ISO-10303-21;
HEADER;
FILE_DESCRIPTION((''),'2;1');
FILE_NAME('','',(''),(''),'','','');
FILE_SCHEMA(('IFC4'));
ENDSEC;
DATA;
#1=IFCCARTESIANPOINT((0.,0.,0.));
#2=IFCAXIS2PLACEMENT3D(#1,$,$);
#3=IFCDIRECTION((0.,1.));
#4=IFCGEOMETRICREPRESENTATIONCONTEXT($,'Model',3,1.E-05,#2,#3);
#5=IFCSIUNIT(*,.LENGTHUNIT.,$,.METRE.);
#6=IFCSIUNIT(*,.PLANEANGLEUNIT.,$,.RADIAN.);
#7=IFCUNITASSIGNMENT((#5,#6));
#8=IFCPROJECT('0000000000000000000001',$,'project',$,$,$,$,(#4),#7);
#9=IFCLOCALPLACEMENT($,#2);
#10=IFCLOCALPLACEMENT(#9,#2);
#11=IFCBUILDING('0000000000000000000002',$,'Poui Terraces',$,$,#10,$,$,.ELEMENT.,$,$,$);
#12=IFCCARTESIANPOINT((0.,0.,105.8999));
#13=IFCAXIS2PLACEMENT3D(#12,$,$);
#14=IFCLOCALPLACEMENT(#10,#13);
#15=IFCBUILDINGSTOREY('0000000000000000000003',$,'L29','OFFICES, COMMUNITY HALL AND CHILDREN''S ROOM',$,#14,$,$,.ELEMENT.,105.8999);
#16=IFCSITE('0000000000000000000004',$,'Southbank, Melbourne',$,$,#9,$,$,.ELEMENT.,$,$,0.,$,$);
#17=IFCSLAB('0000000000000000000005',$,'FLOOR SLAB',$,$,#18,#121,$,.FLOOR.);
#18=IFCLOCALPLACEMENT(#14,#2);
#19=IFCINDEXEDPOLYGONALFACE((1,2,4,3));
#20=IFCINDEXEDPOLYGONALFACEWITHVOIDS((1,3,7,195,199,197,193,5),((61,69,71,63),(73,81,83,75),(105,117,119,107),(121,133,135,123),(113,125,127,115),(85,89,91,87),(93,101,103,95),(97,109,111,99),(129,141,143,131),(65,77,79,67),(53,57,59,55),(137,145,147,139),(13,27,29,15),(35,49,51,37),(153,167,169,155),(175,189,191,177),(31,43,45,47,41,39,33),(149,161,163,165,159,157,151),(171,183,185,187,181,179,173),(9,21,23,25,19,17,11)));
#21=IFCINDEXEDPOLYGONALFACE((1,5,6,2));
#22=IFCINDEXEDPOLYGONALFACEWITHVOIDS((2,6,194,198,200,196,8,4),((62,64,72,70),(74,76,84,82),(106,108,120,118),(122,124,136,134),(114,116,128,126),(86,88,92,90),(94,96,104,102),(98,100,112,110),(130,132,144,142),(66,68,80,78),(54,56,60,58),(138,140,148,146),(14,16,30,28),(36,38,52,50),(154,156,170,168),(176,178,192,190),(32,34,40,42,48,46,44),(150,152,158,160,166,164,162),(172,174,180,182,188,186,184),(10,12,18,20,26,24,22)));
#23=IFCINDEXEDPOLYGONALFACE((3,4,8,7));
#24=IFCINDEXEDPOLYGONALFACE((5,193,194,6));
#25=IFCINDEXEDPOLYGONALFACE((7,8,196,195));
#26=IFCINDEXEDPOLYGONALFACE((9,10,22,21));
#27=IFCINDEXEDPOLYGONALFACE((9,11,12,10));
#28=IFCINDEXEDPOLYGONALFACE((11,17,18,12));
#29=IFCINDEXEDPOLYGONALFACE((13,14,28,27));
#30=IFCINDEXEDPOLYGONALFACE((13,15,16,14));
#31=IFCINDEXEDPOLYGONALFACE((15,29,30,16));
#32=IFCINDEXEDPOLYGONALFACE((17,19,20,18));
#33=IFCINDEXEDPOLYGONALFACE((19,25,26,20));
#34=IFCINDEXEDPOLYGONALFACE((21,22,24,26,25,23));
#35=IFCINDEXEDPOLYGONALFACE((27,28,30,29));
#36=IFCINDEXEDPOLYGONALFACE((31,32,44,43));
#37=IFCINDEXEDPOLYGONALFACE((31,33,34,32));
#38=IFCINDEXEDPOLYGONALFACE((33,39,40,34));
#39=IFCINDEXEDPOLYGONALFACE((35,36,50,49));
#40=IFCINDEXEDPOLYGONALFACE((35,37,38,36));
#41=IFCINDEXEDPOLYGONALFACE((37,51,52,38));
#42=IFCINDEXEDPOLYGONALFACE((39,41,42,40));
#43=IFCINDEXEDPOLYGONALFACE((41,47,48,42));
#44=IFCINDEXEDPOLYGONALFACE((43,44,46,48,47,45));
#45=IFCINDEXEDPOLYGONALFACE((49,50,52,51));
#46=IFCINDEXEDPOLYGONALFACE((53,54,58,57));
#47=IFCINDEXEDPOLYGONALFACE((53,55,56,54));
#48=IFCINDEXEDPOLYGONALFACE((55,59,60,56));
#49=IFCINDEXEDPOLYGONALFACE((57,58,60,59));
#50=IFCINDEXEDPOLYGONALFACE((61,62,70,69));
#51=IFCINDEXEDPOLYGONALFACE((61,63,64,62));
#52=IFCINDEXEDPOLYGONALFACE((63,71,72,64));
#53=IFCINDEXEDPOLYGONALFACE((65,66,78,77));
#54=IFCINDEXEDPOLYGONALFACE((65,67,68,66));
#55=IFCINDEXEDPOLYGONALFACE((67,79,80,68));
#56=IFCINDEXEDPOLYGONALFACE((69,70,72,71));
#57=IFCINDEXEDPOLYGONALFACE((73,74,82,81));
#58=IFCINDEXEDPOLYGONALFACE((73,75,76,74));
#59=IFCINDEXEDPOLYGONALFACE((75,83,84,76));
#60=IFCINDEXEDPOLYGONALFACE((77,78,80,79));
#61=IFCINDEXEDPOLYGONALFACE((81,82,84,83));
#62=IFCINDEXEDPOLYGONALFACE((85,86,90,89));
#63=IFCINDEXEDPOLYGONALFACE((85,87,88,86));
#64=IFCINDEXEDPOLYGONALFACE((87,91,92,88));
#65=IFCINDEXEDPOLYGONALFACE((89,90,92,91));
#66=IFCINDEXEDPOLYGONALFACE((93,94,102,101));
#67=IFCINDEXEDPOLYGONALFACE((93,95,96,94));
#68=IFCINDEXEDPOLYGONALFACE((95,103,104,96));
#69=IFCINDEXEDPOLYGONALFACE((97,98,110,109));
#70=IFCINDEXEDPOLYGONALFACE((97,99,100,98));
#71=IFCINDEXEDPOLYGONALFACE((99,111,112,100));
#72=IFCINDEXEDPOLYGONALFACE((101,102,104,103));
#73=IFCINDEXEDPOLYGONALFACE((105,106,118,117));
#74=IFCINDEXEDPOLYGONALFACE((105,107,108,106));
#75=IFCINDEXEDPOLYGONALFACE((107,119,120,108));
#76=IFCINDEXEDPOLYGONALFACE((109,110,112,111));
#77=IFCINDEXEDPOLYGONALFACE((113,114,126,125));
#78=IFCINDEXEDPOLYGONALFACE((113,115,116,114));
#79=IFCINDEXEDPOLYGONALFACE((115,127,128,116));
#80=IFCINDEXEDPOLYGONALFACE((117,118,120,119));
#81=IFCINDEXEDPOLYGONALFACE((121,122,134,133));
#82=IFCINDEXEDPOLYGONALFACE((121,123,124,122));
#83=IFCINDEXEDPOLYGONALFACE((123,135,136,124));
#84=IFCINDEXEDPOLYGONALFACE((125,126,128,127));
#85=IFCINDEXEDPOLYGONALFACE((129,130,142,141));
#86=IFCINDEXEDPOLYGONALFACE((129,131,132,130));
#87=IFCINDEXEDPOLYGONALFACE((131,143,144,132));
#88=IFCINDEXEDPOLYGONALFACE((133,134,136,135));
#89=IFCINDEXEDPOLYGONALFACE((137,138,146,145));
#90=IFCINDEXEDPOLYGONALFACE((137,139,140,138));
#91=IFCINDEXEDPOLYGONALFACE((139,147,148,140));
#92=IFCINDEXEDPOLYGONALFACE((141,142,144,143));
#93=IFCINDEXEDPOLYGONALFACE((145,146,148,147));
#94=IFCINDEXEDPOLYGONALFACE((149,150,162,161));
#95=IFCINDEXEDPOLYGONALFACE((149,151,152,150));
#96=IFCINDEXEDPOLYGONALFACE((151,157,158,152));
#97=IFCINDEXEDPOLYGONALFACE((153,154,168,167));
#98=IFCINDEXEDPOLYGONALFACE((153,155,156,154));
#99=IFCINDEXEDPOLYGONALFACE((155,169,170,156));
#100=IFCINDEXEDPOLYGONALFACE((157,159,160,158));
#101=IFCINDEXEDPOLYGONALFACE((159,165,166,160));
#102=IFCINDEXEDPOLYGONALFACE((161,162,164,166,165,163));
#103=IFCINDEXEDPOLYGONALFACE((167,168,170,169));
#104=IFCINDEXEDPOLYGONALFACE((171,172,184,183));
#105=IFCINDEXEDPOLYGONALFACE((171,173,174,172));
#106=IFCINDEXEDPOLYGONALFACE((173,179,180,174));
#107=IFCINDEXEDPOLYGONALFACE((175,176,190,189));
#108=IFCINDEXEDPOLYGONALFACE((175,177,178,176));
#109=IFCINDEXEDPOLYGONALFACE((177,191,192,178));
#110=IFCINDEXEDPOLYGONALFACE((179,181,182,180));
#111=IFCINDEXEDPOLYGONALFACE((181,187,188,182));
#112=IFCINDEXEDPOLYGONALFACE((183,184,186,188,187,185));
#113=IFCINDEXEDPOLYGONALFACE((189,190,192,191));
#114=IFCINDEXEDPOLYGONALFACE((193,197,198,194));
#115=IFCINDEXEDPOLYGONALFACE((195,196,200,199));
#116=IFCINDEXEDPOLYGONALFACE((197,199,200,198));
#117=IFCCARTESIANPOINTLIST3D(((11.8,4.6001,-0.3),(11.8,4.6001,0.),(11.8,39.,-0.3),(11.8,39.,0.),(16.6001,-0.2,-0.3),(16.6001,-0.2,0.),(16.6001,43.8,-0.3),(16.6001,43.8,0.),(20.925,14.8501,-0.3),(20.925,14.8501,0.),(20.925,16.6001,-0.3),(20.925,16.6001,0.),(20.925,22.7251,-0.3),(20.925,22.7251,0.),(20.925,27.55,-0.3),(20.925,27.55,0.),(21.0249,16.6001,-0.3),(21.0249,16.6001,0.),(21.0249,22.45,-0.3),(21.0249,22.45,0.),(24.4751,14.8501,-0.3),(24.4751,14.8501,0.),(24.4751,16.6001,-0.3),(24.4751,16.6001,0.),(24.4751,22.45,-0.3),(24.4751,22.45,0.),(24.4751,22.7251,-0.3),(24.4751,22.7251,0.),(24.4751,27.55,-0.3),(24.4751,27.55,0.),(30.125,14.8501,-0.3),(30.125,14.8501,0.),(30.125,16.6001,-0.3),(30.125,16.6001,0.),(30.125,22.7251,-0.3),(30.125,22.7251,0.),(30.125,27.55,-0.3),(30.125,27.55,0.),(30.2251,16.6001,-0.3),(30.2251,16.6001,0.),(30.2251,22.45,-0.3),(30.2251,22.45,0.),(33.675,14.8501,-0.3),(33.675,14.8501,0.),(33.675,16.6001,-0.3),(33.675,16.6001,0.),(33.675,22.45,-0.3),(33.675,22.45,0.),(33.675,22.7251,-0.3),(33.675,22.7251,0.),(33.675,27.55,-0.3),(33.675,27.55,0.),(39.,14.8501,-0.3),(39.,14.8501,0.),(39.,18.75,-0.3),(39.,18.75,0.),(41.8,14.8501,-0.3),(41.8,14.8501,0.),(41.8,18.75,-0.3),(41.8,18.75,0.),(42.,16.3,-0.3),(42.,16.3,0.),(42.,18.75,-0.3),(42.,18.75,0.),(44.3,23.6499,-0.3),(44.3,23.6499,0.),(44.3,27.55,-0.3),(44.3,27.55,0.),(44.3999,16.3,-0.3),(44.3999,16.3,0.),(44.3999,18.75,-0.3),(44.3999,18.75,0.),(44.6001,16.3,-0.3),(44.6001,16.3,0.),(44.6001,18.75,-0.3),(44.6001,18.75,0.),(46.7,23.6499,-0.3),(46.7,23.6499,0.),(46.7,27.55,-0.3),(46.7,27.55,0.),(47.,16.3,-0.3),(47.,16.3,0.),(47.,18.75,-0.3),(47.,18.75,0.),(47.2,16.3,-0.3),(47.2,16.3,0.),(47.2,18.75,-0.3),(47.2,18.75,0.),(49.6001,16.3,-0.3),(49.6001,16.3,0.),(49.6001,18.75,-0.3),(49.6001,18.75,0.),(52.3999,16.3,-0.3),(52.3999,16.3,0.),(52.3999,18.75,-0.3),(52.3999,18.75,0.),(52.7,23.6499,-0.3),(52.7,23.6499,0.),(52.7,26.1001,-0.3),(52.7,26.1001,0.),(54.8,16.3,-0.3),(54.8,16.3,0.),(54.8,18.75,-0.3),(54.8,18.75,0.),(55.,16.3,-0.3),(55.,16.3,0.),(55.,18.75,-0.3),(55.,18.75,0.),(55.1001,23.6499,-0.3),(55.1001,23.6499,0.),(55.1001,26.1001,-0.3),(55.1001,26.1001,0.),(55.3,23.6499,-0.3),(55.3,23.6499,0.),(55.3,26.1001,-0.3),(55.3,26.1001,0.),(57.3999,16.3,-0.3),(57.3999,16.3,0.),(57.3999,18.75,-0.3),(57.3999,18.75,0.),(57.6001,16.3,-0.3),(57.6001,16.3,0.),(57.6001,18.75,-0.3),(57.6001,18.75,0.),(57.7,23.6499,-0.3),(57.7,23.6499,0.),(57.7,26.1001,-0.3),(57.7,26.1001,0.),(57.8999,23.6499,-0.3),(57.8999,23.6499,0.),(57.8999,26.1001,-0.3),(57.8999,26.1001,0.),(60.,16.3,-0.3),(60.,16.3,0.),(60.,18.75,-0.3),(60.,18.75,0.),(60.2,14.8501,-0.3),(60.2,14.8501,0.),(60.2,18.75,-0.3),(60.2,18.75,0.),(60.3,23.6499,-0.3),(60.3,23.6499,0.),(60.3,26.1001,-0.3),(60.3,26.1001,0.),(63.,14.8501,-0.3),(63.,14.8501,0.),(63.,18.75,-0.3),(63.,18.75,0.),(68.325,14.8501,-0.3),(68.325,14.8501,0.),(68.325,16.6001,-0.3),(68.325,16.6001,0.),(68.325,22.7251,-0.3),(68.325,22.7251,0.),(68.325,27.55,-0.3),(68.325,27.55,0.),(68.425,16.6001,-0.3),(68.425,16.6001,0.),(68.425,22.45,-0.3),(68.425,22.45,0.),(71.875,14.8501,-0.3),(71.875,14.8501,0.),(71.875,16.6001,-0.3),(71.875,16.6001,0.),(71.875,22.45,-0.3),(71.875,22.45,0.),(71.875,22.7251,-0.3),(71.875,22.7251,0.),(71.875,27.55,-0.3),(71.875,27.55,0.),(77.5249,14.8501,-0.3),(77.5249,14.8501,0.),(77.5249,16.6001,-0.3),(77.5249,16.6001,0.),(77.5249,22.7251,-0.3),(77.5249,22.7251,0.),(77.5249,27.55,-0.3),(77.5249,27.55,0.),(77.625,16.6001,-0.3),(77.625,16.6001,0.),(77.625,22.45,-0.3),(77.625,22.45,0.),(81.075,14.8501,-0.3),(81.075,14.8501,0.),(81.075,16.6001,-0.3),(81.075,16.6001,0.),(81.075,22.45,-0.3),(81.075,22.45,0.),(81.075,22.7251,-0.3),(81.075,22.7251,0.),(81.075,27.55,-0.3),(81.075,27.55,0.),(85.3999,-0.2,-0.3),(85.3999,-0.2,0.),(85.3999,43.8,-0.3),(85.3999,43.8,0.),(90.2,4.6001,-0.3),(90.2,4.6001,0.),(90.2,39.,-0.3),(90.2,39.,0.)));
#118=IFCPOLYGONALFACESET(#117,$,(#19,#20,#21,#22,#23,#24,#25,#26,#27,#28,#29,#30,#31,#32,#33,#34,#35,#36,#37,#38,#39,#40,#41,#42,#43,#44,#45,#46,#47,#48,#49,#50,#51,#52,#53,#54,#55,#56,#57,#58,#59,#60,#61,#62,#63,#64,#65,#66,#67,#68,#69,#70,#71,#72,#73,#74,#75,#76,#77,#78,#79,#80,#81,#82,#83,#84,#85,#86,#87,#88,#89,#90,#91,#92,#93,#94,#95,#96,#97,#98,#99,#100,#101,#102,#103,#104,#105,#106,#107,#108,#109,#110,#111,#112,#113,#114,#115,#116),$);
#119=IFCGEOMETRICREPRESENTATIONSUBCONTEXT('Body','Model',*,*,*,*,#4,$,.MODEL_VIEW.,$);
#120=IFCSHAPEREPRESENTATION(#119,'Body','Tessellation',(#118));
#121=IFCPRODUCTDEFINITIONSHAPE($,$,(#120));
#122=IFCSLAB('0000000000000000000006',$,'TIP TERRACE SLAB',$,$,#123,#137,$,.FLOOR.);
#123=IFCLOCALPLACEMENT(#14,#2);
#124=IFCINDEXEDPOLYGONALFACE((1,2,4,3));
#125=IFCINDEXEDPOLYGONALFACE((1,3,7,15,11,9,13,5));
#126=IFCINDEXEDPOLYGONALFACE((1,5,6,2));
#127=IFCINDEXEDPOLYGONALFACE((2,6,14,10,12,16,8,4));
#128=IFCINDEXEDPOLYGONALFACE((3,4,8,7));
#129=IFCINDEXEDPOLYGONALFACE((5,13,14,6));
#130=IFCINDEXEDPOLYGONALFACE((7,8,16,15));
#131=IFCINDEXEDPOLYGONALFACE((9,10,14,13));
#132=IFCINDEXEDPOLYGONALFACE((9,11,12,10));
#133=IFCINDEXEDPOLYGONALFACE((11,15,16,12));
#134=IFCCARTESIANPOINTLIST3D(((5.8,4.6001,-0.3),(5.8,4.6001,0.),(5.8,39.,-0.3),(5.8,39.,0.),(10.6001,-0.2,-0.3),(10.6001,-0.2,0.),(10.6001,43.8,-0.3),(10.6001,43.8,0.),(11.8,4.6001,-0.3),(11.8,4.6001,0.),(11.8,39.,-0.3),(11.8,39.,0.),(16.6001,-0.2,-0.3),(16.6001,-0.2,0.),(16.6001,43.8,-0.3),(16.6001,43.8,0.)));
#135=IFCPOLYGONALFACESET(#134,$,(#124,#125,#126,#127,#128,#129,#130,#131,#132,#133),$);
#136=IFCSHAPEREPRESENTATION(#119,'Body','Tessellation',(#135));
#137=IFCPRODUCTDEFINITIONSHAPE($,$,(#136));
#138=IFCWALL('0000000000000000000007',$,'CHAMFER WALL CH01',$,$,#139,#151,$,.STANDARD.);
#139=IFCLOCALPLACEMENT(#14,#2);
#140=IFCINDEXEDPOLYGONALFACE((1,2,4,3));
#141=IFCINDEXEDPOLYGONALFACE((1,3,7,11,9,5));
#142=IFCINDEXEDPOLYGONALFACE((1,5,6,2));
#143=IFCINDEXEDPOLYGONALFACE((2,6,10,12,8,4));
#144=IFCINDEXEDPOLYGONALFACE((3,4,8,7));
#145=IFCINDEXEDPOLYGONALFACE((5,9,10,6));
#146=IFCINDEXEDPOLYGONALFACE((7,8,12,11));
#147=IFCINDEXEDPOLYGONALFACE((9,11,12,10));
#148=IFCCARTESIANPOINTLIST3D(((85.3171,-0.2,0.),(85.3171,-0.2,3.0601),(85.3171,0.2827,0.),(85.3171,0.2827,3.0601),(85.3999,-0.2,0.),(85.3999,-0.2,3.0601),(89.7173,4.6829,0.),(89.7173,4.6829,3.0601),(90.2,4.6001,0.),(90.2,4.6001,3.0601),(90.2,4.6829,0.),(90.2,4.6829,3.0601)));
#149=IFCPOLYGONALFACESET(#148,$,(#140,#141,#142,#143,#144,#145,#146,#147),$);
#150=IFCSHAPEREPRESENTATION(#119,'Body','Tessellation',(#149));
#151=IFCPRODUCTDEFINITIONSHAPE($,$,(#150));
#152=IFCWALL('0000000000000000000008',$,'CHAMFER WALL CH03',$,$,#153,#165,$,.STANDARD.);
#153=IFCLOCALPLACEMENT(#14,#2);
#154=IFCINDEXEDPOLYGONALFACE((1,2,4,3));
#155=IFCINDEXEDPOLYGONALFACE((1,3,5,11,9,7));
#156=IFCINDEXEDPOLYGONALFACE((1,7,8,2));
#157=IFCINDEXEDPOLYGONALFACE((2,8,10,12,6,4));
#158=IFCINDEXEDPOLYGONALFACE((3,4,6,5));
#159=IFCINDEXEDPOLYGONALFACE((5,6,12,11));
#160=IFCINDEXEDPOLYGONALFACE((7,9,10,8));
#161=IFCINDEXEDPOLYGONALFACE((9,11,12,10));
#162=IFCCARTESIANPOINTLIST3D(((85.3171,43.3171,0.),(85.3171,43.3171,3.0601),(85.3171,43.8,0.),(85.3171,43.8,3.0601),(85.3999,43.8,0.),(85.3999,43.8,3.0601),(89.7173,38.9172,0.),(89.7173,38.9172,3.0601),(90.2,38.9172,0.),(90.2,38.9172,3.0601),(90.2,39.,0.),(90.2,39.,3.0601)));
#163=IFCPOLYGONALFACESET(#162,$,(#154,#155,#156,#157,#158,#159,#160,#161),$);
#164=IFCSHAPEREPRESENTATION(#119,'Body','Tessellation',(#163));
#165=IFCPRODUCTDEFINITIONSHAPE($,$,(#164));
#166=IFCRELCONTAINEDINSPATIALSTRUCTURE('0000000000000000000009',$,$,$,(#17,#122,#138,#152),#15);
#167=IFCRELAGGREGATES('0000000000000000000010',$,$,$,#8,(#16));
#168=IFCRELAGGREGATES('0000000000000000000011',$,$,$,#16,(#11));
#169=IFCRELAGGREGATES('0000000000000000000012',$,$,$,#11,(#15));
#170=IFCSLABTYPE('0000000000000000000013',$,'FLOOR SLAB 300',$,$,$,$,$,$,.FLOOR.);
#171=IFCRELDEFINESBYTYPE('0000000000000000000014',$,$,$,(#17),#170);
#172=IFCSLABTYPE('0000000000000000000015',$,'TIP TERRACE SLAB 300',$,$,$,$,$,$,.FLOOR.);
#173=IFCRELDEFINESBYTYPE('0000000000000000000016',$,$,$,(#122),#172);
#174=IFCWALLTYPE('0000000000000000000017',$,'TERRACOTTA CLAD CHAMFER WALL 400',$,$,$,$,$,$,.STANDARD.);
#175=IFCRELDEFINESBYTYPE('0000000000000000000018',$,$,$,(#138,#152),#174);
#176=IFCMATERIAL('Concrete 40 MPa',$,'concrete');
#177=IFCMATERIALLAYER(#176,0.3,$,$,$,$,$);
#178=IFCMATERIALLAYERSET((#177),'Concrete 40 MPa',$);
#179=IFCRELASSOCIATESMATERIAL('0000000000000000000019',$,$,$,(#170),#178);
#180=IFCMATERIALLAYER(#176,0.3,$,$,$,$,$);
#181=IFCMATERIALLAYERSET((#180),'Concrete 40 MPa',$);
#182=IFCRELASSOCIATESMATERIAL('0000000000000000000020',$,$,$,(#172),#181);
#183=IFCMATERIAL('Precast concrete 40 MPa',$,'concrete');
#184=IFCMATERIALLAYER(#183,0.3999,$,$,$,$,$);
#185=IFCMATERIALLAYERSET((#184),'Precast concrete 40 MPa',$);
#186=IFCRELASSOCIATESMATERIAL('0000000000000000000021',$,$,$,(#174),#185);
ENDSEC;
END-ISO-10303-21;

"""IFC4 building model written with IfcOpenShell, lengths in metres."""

from ifc_helpers import new_model, si_unit, direction, frame, origin, place, context, subcontext, project, spatial, polyline, outline, extrude, source, transform, mapped, material, layer, layer_set, type_object, element, save


model = new_model("IFC4")

# Units and contexts
model_context = context("Model", 3, precision=1e-05, world=origin(), true_north=direction((0.0, 1.0)))
body_context = subcontext(model_context, "Body", "Model", "MODEL_VIEW")
ifc_project = project(units=[si_unit("LENGTHUNIT", "METRE"), si_unit("PLANEANGLEUNIT", "RADIAN")], contexts=[model_context])

# Site, building, storey
site_placement = place(None, origin())
site = spatial("IfcSite", under=ifc_project, at=site_placement, Name="Southbank, Melbourne", CompositionType="ELEMENT", RefElevation=0.0)
building_placement = place(site_placement, origin())
building = spatial("IfcBuilding", under=site, at=building_placement, Name="Poui Terraces", CompositionType="ELEMENT")
storey_placement = place(building_placement, frame((0.0, 0.0, 105.8999)))
storey = spatial("IfcBuildingStorey", under=building, at=storey_placement, Name="L29", Description="OFFICES, COMMUNITY HALL AND CHILDREN'S ROOM", CompositionType="ELEMENT", Elevation=105.8999)

# Slabs
ifc_material_1 = material(Name="Concrete 40 MPa", Category="concrete")
ifc_layer_1 = layer(ifc_material_1, 0.3)
ifc_layer_set_1 = layer_set([ifc_layer_1], Name="Concrete 40 MPa")
slab_type_1 = type_object("IfcSlabType", Name="FLOOR SLAB 300", PredefinedType="FLOOR", material=ifc_layer_set_1)
shared_shape_1 = source(origin(), body_context, "Body", "SweptSolid", [
    extrude(outline(polyline([(0.0, 0.0), (4.8, -4.8), (73.5999, -4.8), (78.3999, 0.0), (78.3999, 34.3999), (73.5999, 39.2), (4.8, 39.2), (0.0, 34.3999), (0.0, 0.0)]), holes=[polyline([(27.2, 10.25), (27.2, 14.1499), (30.0, 14.1499), (30.0, 10.25), (27.2, 10.25)]), polyline([(30.2, 11.7), (30.2, 14.1499), (32.5999, 14.1499), (32.5999, 11.7), (30.2, 11.7)]), polyline([(32.8, 11.7), (32.8, 14.1499), (35.2, 14.1499), (35.2, 11.7), (32.8, 11.7)]), polyline([(35.3999, 14.1499), (37.8, 14.1499), (37.8, 11.7), (35.3999, 11.7), (35.3999, 14.1499)]), polyline([(40.5999, 14.1499), (43.0, 14.1499), (43.0, 11.7), (40.5999, 11.7), (40.5999, 14.1499)]), polyline([(9.2249, 17.8499), (12.675, 17.8499), (12.675, 12.0), (12.675, 10.25), (9.125, 10.25), (9.125, 12.0), (9.2249, 12.0), (9.2249, 17.8499)]), polyline([(18.425, 17.8499), (21.875, 17.8499), (21.875, 12.0), (21.875, 10.25), (18.325, 10.25), (18.325, 12.0), (18.425, 12.0), (18.425, 17.8499)]), polyline([(9.125, 18.125), (9.125, 22.95), (12.675, 22.95), (12.675, 18.125), (9.125, 18.125)]), polyline([(18.325, 22.95), (21.875, 22.95), (21.875, 18.125), (18.325, 18.125), (18.325, 22.95)]), polyline([(32.5, 22.95), (34.8999, 22.95), (34.8999, 19.0498), (32.5, 19.0498), (32.5, 22.95)]), polyline([(48.3999, 10.25), (48.3999, 14.1499), (51.2, 14.1499), (51.2, 10.25), (48.3999, 10.25)]), polyline([(43.2, 11.7), (43.2, 14.1499), (45.5999, 14.1499), (45.5999, 11.7), (43.2, 11.7)]), polyline([(45.8, 11.7), (45.8, 14.1499), (48.2, 14.1499), (48.2, 11.7), (45.8, 11.7)]), polyline([(60.075, 17.8499), (60.075, 12.0), (60.075, 10.25), (56.5249, 10.25), (56.5249, 12.0), (56.625, 12.0), (56.625, 17.8499), (60.075, 17.8499)]), polyline([(69.2749, 17.8499), (69.2749, 12.0), (69.2749, 10.25), (65.7249, 10.25), (65.7249, 12.0), (65.825, 12.0), (65.825, 17.8499), (69.2749, 17.8499)]), polyline([(40.8999, 19.0498), (40.8999, 21.5), (43.3, 21.5), (43.3, 19.0498), (40.8999, 19.0498)]), polyline([(43.5, 19.0498), (43.5, 21.5), (45.8999, 21.5), (45.8999, 19.0498), (43.5, 19.0498)]), polyline([(46.0999, 19.0498), (46.0999, 21.5), (48.5, 21.5), (48.5, 19.0498), (46.0999, 19.0498)]), polyline([(56.5249, 22.95), (60.075, 22.95), (60.075, 18.125), (56.5249, 18.125), (56.5249, 22.95)]), polyline([(65.7249, 22.95), (69.2749, 22.95), (69.2749, 18.125), (65.7249, 18.125), (65.7249, 22.95)])]), origin(), (0.0, 0.0, 1.0), 0.3),
])
slab_1_placement = place(storey_placement, frame((11.8, 4.6001, -0.3)))
element("IfcSlab", 1, at=slab_1_placement, inside=storey, type_object=slab_type_1, Name="FLOOR SLAB", PredefinedType="FLOOR", context=body_context, shape_type="MappedRepresentation", body=[
    mapped(shared_shape_1, transform((0.0, 0.0, 0.0))),
])
ifc_layer_2 = layer(ifc_material_1, 0.3)
ifc_layer_set_2 = layer_set([ifc_layer_2], Name="Concrete 40 MPa")
slab_type_2 = type_object("IfcSlabType", Name="TIP TERRACE SLAB 300", PredefinedType="FLOOR", material=ifc_layer_set_2)
shared_shape_2 = source(origin(), body_context, "Body", "SweptSolid", [
    extrude(outline(polyline([(0.0, 0.0), (6.0, 0.0), (1.2, 4.8), (1.2, 39.2), (6.0, 44.0), (0.0, 44.0), (-4.8, 39.2), (-4.8, 4.8), (0.0, 0.0)])), origin(), (0.0, 0.0, 1.0), 0.3),
])
slab_2_placement = place(storey_placement, frame((10.6001, -0.2, -0.3)))
element("IfcSlab", 2, at=slab_2_placement, inside=storey, type_object=slab_type_2, Name="TIP TERRACE SLAB", PredefinedType="FLOOR", context=body_context, shape_type="MappedRepresentation", body=[
    mapped(shared_shape_2, transform((0.0, 0.0, 0.0))),
])

# Walls
ifc_material_2 = material(Name="Precast concrete 40 MPa", Category="concrete")
ifc_layer_3 = layer(ifc_material_2, 0.3999)
ifc_layer_set_3 = layer_set([ifc_layer_3], Name="Precast concrete 40 MPa")
wall_type_1 = type_object("IfcWallType", Name="TERRACOTTA CLAD CHAMFER WALL 400", PredefinedType="STANDARD", material=ifc_layer_set_3)
wall_1_placement = place(storey_placement, origin())
element("IfcWall", 3, at=wall_1_placement, inside=storey, type_object=wall_type_1, Name="CHAMFER WALL CH01", PredefinedType="STANDARD", context=body_context, shape_type="SweptSolid", body=[
    extrude(outline(polyline([(85.3171, -0.2), (85.3999, -0.2), (90.2, 4.6001), (90.2, 4.6829), (89.7173, 4.6829), (85.3171, 0.2827), (85.3171, -0.2)])), origin(), (0.0, 0.0, 1.0), 3.0601),
])
wall_2_placement = place(storey_placement, origin())
element("IfcWall", 4, at=wall_2_placement, inside=storey, type_object=wall_type_1, Name="CHAMFER WALL CH03", PredefinedType="STANDARD", context=body_context, shape_type="SweptSolid", body=[
    extrude(outline(polyline([(90.2, 38.9172), (90.2, 39.0), (85.3999, 43.8), (85.3171, 43.8), (85.3171, 43.3171), (89.7173, 38.9172), (90.2, 38.9172)])), origin(), (0.0, 0.0, 1.0), 3.0601),
])

save(model, "model.ifc")
